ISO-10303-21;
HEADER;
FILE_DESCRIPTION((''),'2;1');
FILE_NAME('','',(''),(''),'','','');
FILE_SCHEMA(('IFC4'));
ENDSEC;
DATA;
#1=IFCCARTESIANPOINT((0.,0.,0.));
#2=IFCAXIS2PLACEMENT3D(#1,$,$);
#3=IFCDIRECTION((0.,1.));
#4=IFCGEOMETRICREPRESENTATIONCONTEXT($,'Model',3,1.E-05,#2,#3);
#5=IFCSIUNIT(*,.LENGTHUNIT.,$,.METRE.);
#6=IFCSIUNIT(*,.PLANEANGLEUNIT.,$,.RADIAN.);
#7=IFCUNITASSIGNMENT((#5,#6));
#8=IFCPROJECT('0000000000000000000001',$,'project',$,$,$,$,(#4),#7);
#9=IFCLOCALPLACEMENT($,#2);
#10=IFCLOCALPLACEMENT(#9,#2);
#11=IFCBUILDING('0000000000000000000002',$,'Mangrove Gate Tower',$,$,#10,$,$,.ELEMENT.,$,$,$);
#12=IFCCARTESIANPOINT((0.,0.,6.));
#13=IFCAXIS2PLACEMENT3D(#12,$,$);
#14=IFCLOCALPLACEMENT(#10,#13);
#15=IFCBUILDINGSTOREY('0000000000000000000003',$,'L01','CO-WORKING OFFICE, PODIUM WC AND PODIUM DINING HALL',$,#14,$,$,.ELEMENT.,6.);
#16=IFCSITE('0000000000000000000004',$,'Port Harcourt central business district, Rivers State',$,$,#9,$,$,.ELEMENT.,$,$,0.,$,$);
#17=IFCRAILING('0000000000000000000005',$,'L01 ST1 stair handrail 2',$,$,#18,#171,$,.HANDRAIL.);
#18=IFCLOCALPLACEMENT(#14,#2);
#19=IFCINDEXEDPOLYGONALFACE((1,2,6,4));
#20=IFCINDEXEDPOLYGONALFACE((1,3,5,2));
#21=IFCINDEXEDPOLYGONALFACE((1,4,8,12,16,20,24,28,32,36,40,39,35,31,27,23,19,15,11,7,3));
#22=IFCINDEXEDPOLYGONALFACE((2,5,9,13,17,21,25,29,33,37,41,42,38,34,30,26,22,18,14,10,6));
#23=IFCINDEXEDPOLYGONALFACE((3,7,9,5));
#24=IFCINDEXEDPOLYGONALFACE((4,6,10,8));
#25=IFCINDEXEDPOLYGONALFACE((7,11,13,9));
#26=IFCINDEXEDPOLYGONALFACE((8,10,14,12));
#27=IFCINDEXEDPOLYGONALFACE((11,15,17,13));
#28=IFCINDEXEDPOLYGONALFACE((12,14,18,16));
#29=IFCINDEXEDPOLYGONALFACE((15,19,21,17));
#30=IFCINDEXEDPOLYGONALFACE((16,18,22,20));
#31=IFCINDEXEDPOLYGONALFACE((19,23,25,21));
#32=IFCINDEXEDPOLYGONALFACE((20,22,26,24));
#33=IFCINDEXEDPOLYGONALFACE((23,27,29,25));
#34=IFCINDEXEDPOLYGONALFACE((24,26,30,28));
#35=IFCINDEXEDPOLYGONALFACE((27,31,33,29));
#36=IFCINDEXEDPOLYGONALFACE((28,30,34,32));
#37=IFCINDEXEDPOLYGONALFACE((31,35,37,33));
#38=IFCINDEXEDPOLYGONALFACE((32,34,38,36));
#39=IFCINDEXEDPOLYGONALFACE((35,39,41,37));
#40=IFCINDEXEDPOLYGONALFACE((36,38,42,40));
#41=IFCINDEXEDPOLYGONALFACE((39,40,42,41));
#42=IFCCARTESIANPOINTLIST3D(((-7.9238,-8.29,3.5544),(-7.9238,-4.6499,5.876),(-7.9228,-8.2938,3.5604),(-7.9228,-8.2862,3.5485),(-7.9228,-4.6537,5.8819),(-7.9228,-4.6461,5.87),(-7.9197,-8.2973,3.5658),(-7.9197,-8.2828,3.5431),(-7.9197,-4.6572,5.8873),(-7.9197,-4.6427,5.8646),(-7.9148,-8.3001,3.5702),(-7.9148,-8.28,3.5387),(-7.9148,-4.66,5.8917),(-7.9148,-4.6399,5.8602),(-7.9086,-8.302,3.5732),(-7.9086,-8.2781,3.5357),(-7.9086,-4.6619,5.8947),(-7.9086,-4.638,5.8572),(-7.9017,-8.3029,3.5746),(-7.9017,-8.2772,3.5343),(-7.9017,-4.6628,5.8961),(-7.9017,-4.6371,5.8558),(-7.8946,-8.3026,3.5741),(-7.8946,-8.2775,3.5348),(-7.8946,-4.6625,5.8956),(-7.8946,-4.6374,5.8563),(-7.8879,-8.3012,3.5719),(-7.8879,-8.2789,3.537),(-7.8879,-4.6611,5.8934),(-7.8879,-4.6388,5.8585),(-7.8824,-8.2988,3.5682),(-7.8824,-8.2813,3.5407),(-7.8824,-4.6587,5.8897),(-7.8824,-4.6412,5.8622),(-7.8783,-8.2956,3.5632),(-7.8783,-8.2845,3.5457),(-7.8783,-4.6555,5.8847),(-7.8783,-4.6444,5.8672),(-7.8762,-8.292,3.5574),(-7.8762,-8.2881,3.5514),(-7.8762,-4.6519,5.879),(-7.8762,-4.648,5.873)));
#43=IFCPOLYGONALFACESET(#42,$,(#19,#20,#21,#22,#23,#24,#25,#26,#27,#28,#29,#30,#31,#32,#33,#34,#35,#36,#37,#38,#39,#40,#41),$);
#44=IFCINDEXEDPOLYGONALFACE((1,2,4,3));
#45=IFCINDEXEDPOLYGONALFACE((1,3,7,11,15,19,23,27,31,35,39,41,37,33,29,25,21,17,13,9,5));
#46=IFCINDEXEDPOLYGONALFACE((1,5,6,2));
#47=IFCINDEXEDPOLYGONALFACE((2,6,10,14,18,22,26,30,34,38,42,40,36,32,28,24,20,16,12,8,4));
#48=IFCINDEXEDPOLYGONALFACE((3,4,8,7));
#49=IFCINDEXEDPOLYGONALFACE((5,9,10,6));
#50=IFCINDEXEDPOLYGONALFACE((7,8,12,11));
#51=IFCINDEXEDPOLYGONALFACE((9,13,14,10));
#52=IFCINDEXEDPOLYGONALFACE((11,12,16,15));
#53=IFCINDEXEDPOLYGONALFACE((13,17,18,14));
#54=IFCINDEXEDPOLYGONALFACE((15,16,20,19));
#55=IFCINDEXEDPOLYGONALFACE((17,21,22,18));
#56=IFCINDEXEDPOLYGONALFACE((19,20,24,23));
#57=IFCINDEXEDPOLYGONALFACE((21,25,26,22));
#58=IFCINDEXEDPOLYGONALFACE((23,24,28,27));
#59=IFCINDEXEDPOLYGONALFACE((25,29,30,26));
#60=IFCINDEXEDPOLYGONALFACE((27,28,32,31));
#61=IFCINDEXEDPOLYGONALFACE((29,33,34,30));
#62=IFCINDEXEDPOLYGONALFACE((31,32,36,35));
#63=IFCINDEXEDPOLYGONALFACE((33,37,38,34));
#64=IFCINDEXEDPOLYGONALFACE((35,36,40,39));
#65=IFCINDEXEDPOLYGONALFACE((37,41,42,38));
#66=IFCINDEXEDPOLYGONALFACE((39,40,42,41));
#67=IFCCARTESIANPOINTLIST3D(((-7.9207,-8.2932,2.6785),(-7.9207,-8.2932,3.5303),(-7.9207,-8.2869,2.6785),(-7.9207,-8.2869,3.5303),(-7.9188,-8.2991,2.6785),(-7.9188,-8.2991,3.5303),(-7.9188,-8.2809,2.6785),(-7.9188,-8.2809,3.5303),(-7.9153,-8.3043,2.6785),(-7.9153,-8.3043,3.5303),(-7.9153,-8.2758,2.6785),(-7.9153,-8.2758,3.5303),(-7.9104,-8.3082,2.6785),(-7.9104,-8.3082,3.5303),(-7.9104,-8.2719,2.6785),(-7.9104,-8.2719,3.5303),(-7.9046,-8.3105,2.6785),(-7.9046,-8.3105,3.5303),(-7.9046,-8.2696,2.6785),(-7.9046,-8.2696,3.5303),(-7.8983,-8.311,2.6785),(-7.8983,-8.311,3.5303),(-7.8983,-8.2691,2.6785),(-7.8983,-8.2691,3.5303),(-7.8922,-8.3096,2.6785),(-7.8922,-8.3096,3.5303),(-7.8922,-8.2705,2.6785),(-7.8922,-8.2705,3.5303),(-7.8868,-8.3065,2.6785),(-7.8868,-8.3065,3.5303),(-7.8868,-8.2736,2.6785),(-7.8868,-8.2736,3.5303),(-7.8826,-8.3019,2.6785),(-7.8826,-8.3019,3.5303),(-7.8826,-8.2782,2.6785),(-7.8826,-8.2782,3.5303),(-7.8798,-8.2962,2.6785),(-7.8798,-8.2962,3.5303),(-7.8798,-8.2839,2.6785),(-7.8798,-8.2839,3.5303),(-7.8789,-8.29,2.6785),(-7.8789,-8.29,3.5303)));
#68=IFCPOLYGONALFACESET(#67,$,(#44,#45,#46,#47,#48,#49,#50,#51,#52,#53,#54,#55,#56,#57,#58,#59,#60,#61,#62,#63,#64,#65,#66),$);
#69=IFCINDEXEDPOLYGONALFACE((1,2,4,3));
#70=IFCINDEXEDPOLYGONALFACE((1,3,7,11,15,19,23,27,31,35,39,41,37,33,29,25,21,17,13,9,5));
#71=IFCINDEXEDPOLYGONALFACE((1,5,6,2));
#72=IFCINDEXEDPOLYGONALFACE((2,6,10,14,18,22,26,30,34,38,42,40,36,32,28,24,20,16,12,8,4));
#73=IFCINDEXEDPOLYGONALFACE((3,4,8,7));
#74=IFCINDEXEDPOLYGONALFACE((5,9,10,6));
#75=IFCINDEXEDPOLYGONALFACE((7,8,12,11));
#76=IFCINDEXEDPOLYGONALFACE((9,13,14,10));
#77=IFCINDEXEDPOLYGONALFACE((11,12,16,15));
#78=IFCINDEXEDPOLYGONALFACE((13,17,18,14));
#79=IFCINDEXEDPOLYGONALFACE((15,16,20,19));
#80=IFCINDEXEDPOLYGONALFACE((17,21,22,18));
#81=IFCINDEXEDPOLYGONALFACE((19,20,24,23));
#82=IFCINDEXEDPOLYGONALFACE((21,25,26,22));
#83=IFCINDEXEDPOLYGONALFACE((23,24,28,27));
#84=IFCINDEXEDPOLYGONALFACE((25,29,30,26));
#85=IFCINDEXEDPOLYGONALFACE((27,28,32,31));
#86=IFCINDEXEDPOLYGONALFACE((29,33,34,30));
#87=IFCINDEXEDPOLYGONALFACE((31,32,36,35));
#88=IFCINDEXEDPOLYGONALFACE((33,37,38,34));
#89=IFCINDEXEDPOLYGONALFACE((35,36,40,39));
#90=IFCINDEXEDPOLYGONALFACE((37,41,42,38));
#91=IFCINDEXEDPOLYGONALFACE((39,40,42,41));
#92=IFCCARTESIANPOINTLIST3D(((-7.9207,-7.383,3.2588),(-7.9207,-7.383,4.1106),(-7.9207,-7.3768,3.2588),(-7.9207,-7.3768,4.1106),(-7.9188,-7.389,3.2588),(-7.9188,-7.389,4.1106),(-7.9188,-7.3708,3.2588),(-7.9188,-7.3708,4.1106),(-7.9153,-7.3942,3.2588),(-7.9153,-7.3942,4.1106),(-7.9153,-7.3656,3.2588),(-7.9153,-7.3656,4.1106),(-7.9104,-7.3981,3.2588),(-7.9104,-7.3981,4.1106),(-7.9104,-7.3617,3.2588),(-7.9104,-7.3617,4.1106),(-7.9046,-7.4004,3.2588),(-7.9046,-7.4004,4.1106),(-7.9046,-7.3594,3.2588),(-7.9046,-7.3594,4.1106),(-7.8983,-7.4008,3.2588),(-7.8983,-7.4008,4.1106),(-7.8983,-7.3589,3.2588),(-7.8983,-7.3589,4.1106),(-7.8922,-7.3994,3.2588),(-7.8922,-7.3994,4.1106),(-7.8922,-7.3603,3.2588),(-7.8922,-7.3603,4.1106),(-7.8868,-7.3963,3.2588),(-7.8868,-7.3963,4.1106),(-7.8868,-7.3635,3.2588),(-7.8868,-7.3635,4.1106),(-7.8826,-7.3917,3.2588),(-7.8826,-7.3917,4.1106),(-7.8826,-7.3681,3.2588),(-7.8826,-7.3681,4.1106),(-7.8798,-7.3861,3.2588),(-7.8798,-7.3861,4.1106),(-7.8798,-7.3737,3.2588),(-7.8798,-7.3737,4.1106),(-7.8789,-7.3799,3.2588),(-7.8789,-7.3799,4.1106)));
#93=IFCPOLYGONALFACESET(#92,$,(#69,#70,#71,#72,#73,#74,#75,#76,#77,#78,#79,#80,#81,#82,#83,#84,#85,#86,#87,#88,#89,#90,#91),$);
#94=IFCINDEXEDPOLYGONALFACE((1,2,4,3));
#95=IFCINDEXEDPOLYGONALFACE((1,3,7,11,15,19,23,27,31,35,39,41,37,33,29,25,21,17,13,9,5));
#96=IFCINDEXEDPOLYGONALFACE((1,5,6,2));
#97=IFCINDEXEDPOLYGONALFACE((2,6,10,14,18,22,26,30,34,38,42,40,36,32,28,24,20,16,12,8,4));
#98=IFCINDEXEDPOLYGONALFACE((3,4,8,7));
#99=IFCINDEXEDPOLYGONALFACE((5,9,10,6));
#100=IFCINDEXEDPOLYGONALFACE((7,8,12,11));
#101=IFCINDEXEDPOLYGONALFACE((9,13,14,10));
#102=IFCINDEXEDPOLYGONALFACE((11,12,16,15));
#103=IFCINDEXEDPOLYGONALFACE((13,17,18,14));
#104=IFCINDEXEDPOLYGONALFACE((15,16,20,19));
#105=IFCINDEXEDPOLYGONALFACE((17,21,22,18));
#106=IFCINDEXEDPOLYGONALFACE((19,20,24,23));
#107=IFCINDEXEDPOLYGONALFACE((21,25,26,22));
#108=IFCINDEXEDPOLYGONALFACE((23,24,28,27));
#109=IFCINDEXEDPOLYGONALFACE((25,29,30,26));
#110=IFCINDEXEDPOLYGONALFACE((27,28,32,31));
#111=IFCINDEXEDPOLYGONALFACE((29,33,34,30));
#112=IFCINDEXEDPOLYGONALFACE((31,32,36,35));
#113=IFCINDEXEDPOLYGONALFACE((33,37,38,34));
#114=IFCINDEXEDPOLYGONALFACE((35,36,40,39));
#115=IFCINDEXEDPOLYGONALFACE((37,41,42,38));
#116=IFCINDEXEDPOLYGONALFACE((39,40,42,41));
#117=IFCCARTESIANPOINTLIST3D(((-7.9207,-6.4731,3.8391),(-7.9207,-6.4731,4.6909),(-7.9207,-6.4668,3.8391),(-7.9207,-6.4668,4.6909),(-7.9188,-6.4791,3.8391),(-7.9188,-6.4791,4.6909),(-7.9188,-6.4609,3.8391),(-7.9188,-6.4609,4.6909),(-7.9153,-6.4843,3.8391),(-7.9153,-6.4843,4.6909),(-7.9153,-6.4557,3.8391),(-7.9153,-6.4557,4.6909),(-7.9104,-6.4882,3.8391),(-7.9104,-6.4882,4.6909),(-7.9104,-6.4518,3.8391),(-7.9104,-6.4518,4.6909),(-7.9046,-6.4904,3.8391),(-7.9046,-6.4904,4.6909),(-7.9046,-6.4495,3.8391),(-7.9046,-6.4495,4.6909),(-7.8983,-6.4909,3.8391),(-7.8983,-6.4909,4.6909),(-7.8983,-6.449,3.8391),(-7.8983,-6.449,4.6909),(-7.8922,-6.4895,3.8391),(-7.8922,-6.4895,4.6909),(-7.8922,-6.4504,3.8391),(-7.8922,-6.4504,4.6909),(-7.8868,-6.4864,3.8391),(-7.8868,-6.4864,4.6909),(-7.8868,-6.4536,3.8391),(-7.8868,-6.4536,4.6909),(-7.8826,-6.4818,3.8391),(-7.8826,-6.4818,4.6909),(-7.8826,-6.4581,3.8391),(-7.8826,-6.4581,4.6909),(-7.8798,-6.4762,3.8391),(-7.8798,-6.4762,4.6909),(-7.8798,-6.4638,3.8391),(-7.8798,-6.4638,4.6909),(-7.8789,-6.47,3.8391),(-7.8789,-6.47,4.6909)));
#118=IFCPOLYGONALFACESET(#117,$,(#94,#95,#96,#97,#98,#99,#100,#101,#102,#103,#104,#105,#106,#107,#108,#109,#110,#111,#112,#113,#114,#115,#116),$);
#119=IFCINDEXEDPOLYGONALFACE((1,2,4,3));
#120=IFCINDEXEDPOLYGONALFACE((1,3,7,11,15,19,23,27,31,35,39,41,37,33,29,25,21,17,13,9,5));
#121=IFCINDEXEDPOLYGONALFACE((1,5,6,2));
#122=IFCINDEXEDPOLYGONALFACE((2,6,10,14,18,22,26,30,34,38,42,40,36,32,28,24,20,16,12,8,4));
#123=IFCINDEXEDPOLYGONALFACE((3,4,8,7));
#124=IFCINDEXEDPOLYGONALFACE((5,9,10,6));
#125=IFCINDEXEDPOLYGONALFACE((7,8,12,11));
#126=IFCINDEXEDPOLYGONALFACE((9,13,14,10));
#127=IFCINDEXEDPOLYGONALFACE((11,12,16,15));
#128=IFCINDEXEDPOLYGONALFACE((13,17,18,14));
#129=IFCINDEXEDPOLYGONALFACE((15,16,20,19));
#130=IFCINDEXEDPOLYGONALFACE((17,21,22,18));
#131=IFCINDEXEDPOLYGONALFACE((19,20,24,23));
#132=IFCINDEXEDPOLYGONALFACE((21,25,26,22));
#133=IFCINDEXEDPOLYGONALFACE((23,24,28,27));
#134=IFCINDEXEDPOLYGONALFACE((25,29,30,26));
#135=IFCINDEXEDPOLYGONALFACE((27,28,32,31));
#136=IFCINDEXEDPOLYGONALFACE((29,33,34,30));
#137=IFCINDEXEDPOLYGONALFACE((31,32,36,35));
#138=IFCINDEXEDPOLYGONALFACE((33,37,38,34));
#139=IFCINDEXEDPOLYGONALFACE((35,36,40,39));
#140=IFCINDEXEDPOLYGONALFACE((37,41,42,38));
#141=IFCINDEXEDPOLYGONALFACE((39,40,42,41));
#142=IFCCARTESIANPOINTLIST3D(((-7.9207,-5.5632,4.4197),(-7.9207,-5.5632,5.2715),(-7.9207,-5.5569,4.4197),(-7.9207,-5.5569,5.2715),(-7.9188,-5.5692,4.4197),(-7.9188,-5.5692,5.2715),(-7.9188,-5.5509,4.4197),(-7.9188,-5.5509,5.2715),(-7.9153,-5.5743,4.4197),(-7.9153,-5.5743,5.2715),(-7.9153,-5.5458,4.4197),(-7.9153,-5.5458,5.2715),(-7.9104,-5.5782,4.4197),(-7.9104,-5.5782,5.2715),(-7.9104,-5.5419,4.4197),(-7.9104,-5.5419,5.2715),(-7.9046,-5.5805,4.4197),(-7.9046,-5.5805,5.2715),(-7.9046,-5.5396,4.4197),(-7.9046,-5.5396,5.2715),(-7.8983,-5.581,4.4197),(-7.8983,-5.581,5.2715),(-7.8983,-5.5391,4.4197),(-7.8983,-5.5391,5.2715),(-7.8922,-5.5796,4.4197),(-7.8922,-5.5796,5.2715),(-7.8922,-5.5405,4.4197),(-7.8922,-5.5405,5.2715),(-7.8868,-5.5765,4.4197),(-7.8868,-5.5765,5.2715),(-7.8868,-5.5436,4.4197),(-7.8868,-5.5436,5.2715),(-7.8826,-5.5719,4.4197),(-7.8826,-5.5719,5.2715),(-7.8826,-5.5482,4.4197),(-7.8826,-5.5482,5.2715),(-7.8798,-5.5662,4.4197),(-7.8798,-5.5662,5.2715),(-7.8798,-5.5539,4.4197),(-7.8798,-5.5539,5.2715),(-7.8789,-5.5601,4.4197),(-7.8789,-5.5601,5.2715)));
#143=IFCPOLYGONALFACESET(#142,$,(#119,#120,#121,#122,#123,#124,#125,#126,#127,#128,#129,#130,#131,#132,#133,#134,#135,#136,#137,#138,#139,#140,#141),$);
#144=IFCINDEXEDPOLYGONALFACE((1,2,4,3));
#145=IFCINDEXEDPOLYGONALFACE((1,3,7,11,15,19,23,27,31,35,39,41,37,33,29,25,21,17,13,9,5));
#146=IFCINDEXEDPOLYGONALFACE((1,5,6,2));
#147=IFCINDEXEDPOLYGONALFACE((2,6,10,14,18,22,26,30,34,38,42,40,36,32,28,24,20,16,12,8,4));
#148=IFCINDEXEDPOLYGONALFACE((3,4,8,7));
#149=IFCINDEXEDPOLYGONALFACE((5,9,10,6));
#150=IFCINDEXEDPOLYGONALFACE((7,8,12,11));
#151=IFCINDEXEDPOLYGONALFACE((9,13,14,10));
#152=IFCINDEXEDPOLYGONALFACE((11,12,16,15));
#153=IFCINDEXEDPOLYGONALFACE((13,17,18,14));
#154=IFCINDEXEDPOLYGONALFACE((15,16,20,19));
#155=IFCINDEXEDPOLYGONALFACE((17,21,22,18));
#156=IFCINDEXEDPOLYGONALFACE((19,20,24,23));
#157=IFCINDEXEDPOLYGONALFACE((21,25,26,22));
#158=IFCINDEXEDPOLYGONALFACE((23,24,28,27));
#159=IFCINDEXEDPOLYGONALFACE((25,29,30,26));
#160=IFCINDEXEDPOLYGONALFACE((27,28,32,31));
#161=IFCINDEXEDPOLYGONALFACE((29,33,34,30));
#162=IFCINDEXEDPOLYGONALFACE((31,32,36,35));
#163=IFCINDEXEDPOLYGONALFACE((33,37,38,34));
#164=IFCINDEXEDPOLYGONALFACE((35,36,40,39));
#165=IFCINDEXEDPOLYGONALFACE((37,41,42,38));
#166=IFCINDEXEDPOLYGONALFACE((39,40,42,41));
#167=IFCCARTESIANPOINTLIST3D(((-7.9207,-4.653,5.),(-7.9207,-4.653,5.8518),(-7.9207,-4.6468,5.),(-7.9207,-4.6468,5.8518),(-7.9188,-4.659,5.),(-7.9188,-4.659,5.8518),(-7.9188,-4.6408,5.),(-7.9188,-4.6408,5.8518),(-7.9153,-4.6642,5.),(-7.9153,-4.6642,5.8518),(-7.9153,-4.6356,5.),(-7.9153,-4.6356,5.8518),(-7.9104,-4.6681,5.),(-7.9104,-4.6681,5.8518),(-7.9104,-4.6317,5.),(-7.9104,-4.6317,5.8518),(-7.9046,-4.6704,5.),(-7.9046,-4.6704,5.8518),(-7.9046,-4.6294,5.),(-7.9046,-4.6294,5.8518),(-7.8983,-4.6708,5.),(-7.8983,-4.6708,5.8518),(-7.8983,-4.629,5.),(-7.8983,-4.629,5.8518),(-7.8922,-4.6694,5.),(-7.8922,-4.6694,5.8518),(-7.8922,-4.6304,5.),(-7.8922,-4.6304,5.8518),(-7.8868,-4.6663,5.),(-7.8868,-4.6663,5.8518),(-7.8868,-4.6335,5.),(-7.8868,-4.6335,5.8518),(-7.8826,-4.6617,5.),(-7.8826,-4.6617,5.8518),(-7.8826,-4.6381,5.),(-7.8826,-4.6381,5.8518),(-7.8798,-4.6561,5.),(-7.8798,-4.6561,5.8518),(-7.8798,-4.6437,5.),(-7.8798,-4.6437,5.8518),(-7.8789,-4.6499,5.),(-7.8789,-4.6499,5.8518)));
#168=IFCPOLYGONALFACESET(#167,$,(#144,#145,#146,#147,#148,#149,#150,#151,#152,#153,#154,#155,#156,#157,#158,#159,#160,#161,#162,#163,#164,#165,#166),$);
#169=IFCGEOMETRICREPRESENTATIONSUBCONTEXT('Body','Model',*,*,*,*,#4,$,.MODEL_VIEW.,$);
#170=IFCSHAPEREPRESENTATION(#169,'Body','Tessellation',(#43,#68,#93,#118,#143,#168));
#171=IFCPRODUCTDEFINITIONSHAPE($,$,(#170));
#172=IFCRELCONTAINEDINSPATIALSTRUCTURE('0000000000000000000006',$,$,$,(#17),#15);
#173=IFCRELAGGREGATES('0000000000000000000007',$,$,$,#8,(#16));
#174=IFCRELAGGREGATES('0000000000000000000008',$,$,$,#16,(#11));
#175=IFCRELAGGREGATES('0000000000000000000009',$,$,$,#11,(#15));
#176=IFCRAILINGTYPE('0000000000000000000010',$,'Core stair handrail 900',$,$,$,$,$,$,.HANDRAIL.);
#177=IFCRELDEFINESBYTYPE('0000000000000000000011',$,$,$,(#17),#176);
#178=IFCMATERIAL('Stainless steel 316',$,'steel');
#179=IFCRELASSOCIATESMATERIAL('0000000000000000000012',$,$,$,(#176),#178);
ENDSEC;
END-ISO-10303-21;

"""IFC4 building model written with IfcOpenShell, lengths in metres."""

from ifc_helpers import new_model, si_unit, direction, frame, origin, origin_2d, place, context, subcontext, project, spatial, circle, extrude, material, type_object, element, save


model = new_model("IFC4")

# Units and contexts
model_context = context("Model", 3, precision=1e-05, world=origin(), true_north=direction((0.0, 1.0)))
body_context = subcontext(model_context, "Body", "Model", "MODEL_VIEW")
ifc_project = project(units=[si_unit("LENGTHUNIT", "METRE"), si_unit("PLANEANGLEUNIT", "RADIAN")], contexts=[model_context])

# Site, building, storey
site_placement = place(None, origin())
site = spatial("IfcSite", under=ifc_project, at=site_placement, Name="Port Harcourt central business district, Rivers State", CompositionType="ELEMENT", RefElevation=0.0)
building_placement = place(site_placement, origin())
building = spatial("IfcBuilding", under=site, at=building_placement, Name="Mangrove Gate Tower", CompositionType="ELEMENT")
storey_placement = place(building_placement, frame((0.0, 0.0, 6.0)))
storey = spatial("IfcBuildingStorey", under=building, at=storey_placement, Name="L01", Description="CO-WORKING OFFICE, PODIUM WC AND PODIUM DINING HALL", CompositionType="ELEMENT", Elevation=6.0)

# Railing
ifc_material_1 = material(Name="Stainless steel 316", Category="steel")
railing_type_1 = type_object("IfcRailingType", Name="Core stair handrail 900", PredefinedType="HANDRAIL", material=ifc_material_1)
railing_1_placement = place(storey_placement, frame((-7.8999, -8.29, 2.6785)))
element("IfcRailing", 1, at=railing_1_placement, inside=storey, type_object=railing_type_1, Name="L01 ST1 stair handrail 2", PredefinedType="HANDRAIL", context=body_context, shape_type="SweptSolid", body=[
    extrude(circle(Radius=0.0239, at=origin_2d()), frame((0.0, 0.0, 0.876), z_axis=(0.0, 0.843128, 0.537713), x_axis=(-1.0, 0.0, 0.0)), (0.0, 0.0, 1.0), 4.3174),
    extrude(circle(Radius=0.021, at=origin_2d()), origin(), (0.0, 0.0, 1.0), 0.8518),
    extrude(circle(Radius=0.021, at=origin_2d()), frame((0.0, 0.9102, 0.5803)), (0.0, 0.0, 1.0), 0.8518),
    extrude(circle(Radius=0.021, at=origin_2d()), frame((0.0, 1.8201, 1.1606)), (0.0, 0.0, 1.0), 0.8518),
    extrude(circle(Radius=0.021, at=origin_2d()), frame((0.0, 2.73, 1.7412)), (0.0, 0.0, 1.0), 0.8518),
    extrude(circle(Radius=0.021, at=origin_2d()), frame((0.0, 3.6401, 2.3215)), (0.0, 0.0, 1.0), 0.8518),
])

save(model, "model.ifc")
